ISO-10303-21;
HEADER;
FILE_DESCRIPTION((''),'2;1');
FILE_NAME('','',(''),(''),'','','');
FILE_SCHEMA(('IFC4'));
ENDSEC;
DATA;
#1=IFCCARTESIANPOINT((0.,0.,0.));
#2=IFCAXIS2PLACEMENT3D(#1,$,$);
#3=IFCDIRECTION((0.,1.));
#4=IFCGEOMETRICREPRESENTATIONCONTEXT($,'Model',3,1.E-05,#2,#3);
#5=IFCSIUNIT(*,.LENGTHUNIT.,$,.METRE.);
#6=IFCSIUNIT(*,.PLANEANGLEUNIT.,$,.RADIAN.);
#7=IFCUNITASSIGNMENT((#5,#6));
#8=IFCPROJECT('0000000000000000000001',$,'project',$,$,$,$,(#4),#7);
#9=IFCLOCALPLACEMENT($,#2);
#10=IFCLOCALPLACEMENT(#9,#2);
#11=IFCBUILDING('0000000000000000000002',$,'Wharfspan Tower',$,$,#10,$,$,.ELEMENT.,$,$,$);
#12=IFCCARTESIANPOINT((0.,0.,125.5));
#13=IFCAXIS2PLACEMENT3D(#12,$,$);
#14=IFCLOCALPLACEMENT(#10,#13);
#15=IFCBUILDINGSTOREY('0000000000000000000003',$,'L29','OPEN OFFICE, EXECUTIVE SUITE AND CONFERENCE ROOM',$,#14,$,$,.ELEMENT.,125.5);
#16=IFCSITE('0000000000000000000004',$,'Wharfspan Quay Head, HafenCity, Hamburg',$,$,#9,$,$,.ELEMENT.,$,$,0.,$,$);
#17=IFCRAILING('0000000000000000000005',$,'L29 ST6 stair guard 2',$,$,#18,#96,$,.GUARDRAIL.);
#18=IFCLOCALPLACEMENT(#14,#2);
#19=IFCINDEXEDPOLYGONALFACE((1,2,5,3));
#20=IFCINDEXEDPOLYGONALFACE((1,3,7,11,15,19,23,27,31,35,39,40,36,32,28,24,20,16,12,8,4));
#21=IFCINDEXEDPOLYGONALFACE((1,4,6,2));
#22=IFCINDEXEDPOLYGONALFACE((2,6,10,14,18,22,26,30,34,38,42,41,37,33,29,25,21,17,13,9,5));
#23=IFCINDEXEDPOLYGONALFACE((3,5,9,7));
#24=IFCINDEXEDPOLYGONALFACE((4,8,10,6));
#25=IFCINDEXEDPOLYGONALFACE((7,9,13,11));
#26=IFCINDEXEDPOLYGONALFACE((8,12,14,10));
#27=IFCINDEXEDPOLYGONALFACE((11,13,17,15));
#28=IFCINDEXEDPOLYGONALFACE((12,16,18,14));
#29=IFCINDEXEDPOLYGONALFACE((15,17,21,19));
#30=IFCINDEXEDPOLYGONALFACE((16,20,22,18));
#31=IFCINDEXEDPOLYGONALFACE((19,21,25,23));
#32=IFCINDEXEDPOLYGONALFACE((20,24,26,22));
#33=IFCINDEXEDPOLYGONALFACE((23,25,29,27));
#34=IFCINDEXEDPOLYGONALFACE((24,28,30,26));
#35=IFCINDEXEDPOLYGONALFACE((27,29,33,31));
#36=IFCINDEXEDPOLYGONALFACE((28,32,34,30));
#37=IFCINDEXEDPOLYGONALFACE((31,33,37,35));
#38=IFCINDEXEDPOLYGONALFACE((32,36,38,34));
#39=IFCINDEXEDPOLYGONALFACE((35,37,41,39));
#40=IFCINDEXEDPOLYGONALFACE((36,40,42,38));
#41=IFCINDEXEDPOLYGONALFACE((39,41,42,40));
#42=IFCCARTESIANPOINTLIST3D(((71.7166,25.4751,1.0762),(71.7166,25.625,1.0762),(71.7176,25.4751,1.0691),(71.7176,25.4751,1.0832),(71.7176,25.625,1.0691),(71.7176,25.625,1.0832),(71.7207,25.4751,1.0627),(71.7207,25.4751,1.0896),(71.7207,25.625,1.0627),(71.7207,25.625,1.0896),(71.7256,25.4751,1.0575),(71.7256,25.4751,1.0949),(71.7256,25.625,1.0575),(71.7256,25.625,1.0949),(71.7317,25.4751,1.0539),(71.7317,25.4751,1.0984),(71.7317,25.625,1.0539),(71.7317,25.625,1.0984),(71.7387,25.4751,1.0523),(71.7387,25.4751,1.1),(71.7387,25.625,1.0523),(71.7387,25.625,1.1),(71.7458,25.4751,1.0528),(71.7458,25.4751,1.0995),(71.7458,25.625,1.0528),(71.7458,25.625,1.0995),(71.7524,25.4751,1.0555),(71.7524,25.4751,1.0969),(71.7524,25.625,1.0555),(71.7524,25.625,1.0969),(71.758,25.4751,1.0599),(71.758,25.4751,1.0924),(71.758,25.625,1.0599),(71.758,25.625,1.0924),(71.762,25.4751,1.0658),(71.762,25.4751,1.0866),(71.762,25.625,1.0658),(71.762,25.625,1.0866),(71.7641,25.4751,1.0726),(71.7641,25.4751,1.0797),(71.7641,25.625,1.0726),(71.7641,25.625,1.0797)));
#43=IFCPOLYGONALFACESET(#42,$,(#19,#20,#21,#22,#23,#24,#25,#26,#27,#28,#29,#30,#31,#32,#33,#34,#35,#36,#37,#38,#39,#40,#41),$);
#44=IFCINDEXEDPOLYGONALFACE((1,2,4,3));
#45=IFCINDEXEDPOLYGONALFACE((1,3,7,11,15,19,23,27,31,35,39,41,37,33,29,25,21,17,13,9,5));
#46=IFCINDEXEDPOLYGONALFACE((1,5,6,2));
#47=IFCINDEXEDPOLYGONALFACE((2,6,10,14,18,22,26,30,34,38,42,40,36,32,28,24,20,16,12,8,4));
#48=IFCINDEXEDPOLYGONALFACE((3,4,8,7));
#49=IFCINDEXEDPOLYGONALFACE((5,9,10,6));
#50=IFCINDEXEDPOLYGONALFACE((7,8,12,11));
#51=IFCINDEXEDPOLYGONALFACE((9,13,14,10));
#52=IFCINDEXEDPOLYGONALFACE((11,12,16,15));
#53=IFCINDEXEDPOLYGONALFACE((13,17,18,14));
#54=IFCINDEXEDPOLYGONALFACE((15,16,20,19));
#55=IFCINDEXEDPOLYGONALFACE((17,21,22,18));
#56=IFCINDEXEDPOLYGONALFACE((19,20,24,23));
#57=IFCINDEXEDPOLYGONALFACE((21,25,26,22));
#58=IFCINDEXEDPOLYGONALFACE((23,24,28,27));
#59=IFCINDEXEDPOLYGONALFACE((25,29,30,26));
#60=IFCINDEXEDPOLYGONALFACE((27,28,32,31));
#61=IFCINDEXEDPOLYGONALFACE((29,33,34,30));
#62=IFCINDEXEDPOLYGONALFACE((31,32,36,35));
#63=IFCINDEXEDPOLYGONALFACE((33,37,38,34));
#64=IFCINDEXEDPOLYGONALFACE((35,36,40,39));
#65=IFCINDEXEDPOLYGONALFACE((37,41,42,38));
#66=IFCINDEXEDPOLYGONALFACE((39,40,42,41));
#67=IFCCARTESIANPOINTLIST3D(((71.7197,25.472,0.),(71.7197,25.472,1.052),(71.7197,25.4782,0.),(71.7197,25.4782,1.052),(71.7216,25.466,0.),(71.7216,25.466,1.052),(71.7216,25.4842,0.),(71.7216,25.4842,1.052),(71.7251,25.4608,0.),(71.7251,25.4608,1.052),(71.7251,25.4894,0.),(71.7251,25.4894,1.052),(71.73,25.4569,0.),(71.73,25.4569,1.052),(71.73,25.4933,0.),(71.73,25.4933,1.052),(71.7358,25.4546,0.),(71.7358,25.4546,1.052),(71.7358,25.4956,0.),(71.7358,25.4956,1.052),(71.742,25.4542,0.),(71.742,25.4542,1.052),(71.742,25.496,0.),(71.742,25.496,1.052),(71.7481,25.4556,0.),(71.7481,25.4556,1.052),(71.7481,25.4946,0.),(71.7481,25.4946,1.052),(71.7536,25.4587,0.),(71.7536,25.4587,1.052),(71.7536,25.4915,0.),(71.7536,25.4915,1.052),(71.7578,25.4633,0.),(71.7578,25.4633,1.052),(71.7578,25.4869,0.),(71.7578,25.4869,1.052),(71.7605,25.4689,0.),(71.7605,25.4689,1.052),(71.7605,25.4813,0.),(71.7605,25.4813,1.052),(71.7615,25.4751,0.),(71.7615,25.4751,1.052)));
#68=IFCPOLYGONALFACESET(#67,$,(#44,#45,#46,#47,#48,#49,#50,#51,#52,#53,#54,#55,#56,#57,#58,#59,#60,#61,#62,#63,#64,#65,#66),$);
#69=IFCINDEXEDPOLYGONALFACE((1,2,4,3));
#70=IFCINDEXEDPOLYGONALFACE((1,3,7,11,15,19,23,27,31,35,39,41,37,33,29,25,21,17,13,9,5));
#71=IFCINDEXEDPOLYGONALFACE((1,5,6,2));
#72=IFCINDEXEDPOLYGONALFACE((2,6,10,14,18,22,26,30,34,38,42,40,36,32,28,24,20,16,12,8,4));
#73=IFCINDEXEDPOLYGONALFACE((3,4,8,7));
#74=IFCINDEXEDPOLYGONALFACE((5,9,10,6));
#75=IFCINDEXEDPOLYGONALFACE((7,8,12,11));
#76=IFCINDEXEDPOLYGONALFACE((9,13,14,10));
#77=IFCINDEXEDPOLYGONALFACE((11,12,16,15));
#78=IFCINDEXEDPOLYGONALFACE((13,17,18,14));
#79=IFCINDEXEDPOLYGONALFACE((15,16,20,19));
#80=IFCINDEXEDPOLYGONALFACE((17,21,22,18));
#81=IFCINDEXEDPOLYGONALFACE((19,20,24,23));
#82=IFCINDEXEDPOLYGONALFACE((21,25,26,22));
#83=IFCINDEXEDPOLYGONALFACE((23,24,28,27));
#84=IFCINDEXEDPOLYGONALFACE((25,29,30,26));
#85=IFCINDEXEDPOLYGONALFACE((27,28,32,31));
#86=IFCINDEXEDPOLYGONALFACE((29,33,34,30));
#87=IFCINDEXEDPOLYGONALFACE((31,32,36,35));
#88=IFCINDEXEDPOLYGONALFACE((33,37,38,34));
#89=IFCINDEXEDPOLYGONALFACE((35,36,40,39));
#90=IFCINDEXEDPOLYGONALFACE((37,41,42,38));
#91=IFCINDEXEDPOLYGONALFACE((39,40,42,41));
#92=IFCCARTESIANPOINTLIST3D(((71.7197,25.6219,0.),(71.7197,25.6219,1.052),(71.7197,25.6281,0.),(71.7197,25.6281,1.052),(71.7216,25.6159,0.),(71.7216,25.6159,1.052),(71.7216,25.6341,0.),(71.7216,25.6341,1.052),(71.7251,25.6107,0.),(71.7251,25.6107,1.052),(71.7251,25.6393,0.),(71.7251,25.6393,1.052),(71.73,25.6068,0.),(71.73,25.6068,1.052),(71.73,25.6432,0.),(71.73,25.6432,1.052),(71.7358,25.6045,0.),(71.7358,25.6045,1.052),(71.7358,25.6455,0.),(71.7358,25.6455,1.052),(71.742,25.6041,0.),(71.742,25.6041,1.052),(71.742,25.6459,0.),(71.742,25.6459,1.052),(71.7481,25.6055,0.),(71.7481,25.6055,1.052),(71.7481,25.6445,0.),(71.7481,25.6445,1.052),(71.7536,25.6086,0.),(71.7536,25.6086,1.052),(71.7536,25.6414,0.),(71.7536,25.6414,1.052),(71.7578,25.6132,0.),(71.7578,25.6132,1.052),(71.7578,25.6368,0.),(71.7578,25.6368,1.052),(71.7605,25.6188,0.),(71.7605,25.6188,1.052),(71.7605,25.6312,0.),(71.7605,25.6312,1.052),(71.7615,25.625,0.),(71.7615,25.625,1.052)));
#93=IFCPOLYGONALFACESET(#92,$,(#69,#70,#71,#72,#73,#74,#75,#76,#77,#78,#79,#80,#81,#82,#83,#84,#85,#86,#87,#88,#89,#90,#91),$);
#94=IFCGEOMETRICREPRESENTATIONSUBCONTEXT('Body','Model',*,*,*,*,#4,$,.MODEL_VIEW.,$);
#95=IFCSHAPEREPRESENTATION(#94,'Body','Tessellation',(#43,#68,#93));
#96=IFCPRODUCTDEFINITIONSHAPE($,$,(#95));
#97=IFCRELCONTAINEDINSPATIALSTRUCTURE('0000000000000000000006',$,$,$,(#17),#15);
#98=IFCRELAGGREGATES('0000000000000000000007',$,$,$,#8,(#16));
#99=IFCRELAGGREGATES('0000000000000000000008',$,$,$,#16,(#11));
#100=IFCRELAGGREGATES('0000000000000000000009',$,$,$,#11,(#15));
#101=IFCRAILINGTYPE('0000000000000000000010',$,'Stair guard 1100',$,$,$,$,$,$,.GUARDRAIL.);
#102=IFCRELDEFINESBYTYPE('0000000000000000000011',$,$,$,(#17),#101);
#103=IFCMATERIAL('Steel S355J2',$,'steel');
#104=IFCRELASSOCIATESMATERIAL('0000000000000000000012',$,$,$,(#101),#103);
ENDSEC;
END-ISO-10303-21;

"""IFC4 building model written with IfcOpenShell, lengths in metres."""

from ifc_helpers import new_model, si_unit, direction, frame, origin, origin_2d, place, context, subcontext, project, spatial, circle, extrude, material, type_object, element, save


model = new_model("IFC4")

# Units and contexts
model_context = context("Model", 3, precision=1e-05, world=origin(), true_north=direction((0.0, 1.0)))
body_context = subcontext(model_context, "Body", "Model", "MODEL_VIEW")
ifc_project = project(units=[si_unit("LENGTHUNIT", "METRE"), si_unit("PLANEANGLEUNIT", "RADIAN")], contexts=[model_context])

# Site, building, storey
site_placement = place(None, origin())
site = spatial("IfcSite", under=ifc_project, at=site_placement, Name="Wharfspan Quay Head, HafenCity, Hamburg", CompositionType="ELEMENT", RefElevation=0.0)
building_placement = place(site_placement, origin())
building = spatial("IfcBuilding", under=site, at=building_placement, Name="Wharfspan Tower", CompositionType="ELEMENT")
storey_placement = place(building_placement, frame((0.0, 0.0, 125.5)))
storey = spatial("IfcBuildingStorey", under=building, at=storey_placement, Name="L29", Description="OPEN OFFICE, EXECUTIVE SUITE AND CONFERENCE ROOM", CompositionType="ELEMENT", Elevation=125.5)

# Shared definitions
ifc_material_1 = material(Name="Steel S355J2", Category="steel")

# Railing
railing_type_1 = type_object("IfcRailingType", Name="Stair guard 1100", PredefinedType="GUARDRAIL", material=ifc_material_1)
railing_1_placement = place(storey_placement, frame((71.7405, 25.4751, 0.0)))
element("IfcRailing", 1, at=railing_1_placement, inside=storey, type_object=railing_type_1, Name="L29 ST6 stair guard 2", PredefinedType="GUARDRAIL", context=body_context, shape_type="SweptSolid", body=[
    extrude(circle(Radius=0.0239, at=origin_2d()), frame((0.0, 0.0, 1.0762), z_axis=(0.0, 1.0, 0.0), x_axis=(-1.0, 0.0, 0.0)), (0.0, 0.0, 1.0), 0.1499),
    extrude(circle(Radius=0.021, at=origin_2d()), origin(), (0.0, 0.0, 1.0), 1.052),
    extrude(circle(Radius=0.021, at=origin_2d()), frame((0.0, 0.1499, 0.0)), (0.0, 0.0, 1.0), 1.052),
])

save(model, "model.ifc")
